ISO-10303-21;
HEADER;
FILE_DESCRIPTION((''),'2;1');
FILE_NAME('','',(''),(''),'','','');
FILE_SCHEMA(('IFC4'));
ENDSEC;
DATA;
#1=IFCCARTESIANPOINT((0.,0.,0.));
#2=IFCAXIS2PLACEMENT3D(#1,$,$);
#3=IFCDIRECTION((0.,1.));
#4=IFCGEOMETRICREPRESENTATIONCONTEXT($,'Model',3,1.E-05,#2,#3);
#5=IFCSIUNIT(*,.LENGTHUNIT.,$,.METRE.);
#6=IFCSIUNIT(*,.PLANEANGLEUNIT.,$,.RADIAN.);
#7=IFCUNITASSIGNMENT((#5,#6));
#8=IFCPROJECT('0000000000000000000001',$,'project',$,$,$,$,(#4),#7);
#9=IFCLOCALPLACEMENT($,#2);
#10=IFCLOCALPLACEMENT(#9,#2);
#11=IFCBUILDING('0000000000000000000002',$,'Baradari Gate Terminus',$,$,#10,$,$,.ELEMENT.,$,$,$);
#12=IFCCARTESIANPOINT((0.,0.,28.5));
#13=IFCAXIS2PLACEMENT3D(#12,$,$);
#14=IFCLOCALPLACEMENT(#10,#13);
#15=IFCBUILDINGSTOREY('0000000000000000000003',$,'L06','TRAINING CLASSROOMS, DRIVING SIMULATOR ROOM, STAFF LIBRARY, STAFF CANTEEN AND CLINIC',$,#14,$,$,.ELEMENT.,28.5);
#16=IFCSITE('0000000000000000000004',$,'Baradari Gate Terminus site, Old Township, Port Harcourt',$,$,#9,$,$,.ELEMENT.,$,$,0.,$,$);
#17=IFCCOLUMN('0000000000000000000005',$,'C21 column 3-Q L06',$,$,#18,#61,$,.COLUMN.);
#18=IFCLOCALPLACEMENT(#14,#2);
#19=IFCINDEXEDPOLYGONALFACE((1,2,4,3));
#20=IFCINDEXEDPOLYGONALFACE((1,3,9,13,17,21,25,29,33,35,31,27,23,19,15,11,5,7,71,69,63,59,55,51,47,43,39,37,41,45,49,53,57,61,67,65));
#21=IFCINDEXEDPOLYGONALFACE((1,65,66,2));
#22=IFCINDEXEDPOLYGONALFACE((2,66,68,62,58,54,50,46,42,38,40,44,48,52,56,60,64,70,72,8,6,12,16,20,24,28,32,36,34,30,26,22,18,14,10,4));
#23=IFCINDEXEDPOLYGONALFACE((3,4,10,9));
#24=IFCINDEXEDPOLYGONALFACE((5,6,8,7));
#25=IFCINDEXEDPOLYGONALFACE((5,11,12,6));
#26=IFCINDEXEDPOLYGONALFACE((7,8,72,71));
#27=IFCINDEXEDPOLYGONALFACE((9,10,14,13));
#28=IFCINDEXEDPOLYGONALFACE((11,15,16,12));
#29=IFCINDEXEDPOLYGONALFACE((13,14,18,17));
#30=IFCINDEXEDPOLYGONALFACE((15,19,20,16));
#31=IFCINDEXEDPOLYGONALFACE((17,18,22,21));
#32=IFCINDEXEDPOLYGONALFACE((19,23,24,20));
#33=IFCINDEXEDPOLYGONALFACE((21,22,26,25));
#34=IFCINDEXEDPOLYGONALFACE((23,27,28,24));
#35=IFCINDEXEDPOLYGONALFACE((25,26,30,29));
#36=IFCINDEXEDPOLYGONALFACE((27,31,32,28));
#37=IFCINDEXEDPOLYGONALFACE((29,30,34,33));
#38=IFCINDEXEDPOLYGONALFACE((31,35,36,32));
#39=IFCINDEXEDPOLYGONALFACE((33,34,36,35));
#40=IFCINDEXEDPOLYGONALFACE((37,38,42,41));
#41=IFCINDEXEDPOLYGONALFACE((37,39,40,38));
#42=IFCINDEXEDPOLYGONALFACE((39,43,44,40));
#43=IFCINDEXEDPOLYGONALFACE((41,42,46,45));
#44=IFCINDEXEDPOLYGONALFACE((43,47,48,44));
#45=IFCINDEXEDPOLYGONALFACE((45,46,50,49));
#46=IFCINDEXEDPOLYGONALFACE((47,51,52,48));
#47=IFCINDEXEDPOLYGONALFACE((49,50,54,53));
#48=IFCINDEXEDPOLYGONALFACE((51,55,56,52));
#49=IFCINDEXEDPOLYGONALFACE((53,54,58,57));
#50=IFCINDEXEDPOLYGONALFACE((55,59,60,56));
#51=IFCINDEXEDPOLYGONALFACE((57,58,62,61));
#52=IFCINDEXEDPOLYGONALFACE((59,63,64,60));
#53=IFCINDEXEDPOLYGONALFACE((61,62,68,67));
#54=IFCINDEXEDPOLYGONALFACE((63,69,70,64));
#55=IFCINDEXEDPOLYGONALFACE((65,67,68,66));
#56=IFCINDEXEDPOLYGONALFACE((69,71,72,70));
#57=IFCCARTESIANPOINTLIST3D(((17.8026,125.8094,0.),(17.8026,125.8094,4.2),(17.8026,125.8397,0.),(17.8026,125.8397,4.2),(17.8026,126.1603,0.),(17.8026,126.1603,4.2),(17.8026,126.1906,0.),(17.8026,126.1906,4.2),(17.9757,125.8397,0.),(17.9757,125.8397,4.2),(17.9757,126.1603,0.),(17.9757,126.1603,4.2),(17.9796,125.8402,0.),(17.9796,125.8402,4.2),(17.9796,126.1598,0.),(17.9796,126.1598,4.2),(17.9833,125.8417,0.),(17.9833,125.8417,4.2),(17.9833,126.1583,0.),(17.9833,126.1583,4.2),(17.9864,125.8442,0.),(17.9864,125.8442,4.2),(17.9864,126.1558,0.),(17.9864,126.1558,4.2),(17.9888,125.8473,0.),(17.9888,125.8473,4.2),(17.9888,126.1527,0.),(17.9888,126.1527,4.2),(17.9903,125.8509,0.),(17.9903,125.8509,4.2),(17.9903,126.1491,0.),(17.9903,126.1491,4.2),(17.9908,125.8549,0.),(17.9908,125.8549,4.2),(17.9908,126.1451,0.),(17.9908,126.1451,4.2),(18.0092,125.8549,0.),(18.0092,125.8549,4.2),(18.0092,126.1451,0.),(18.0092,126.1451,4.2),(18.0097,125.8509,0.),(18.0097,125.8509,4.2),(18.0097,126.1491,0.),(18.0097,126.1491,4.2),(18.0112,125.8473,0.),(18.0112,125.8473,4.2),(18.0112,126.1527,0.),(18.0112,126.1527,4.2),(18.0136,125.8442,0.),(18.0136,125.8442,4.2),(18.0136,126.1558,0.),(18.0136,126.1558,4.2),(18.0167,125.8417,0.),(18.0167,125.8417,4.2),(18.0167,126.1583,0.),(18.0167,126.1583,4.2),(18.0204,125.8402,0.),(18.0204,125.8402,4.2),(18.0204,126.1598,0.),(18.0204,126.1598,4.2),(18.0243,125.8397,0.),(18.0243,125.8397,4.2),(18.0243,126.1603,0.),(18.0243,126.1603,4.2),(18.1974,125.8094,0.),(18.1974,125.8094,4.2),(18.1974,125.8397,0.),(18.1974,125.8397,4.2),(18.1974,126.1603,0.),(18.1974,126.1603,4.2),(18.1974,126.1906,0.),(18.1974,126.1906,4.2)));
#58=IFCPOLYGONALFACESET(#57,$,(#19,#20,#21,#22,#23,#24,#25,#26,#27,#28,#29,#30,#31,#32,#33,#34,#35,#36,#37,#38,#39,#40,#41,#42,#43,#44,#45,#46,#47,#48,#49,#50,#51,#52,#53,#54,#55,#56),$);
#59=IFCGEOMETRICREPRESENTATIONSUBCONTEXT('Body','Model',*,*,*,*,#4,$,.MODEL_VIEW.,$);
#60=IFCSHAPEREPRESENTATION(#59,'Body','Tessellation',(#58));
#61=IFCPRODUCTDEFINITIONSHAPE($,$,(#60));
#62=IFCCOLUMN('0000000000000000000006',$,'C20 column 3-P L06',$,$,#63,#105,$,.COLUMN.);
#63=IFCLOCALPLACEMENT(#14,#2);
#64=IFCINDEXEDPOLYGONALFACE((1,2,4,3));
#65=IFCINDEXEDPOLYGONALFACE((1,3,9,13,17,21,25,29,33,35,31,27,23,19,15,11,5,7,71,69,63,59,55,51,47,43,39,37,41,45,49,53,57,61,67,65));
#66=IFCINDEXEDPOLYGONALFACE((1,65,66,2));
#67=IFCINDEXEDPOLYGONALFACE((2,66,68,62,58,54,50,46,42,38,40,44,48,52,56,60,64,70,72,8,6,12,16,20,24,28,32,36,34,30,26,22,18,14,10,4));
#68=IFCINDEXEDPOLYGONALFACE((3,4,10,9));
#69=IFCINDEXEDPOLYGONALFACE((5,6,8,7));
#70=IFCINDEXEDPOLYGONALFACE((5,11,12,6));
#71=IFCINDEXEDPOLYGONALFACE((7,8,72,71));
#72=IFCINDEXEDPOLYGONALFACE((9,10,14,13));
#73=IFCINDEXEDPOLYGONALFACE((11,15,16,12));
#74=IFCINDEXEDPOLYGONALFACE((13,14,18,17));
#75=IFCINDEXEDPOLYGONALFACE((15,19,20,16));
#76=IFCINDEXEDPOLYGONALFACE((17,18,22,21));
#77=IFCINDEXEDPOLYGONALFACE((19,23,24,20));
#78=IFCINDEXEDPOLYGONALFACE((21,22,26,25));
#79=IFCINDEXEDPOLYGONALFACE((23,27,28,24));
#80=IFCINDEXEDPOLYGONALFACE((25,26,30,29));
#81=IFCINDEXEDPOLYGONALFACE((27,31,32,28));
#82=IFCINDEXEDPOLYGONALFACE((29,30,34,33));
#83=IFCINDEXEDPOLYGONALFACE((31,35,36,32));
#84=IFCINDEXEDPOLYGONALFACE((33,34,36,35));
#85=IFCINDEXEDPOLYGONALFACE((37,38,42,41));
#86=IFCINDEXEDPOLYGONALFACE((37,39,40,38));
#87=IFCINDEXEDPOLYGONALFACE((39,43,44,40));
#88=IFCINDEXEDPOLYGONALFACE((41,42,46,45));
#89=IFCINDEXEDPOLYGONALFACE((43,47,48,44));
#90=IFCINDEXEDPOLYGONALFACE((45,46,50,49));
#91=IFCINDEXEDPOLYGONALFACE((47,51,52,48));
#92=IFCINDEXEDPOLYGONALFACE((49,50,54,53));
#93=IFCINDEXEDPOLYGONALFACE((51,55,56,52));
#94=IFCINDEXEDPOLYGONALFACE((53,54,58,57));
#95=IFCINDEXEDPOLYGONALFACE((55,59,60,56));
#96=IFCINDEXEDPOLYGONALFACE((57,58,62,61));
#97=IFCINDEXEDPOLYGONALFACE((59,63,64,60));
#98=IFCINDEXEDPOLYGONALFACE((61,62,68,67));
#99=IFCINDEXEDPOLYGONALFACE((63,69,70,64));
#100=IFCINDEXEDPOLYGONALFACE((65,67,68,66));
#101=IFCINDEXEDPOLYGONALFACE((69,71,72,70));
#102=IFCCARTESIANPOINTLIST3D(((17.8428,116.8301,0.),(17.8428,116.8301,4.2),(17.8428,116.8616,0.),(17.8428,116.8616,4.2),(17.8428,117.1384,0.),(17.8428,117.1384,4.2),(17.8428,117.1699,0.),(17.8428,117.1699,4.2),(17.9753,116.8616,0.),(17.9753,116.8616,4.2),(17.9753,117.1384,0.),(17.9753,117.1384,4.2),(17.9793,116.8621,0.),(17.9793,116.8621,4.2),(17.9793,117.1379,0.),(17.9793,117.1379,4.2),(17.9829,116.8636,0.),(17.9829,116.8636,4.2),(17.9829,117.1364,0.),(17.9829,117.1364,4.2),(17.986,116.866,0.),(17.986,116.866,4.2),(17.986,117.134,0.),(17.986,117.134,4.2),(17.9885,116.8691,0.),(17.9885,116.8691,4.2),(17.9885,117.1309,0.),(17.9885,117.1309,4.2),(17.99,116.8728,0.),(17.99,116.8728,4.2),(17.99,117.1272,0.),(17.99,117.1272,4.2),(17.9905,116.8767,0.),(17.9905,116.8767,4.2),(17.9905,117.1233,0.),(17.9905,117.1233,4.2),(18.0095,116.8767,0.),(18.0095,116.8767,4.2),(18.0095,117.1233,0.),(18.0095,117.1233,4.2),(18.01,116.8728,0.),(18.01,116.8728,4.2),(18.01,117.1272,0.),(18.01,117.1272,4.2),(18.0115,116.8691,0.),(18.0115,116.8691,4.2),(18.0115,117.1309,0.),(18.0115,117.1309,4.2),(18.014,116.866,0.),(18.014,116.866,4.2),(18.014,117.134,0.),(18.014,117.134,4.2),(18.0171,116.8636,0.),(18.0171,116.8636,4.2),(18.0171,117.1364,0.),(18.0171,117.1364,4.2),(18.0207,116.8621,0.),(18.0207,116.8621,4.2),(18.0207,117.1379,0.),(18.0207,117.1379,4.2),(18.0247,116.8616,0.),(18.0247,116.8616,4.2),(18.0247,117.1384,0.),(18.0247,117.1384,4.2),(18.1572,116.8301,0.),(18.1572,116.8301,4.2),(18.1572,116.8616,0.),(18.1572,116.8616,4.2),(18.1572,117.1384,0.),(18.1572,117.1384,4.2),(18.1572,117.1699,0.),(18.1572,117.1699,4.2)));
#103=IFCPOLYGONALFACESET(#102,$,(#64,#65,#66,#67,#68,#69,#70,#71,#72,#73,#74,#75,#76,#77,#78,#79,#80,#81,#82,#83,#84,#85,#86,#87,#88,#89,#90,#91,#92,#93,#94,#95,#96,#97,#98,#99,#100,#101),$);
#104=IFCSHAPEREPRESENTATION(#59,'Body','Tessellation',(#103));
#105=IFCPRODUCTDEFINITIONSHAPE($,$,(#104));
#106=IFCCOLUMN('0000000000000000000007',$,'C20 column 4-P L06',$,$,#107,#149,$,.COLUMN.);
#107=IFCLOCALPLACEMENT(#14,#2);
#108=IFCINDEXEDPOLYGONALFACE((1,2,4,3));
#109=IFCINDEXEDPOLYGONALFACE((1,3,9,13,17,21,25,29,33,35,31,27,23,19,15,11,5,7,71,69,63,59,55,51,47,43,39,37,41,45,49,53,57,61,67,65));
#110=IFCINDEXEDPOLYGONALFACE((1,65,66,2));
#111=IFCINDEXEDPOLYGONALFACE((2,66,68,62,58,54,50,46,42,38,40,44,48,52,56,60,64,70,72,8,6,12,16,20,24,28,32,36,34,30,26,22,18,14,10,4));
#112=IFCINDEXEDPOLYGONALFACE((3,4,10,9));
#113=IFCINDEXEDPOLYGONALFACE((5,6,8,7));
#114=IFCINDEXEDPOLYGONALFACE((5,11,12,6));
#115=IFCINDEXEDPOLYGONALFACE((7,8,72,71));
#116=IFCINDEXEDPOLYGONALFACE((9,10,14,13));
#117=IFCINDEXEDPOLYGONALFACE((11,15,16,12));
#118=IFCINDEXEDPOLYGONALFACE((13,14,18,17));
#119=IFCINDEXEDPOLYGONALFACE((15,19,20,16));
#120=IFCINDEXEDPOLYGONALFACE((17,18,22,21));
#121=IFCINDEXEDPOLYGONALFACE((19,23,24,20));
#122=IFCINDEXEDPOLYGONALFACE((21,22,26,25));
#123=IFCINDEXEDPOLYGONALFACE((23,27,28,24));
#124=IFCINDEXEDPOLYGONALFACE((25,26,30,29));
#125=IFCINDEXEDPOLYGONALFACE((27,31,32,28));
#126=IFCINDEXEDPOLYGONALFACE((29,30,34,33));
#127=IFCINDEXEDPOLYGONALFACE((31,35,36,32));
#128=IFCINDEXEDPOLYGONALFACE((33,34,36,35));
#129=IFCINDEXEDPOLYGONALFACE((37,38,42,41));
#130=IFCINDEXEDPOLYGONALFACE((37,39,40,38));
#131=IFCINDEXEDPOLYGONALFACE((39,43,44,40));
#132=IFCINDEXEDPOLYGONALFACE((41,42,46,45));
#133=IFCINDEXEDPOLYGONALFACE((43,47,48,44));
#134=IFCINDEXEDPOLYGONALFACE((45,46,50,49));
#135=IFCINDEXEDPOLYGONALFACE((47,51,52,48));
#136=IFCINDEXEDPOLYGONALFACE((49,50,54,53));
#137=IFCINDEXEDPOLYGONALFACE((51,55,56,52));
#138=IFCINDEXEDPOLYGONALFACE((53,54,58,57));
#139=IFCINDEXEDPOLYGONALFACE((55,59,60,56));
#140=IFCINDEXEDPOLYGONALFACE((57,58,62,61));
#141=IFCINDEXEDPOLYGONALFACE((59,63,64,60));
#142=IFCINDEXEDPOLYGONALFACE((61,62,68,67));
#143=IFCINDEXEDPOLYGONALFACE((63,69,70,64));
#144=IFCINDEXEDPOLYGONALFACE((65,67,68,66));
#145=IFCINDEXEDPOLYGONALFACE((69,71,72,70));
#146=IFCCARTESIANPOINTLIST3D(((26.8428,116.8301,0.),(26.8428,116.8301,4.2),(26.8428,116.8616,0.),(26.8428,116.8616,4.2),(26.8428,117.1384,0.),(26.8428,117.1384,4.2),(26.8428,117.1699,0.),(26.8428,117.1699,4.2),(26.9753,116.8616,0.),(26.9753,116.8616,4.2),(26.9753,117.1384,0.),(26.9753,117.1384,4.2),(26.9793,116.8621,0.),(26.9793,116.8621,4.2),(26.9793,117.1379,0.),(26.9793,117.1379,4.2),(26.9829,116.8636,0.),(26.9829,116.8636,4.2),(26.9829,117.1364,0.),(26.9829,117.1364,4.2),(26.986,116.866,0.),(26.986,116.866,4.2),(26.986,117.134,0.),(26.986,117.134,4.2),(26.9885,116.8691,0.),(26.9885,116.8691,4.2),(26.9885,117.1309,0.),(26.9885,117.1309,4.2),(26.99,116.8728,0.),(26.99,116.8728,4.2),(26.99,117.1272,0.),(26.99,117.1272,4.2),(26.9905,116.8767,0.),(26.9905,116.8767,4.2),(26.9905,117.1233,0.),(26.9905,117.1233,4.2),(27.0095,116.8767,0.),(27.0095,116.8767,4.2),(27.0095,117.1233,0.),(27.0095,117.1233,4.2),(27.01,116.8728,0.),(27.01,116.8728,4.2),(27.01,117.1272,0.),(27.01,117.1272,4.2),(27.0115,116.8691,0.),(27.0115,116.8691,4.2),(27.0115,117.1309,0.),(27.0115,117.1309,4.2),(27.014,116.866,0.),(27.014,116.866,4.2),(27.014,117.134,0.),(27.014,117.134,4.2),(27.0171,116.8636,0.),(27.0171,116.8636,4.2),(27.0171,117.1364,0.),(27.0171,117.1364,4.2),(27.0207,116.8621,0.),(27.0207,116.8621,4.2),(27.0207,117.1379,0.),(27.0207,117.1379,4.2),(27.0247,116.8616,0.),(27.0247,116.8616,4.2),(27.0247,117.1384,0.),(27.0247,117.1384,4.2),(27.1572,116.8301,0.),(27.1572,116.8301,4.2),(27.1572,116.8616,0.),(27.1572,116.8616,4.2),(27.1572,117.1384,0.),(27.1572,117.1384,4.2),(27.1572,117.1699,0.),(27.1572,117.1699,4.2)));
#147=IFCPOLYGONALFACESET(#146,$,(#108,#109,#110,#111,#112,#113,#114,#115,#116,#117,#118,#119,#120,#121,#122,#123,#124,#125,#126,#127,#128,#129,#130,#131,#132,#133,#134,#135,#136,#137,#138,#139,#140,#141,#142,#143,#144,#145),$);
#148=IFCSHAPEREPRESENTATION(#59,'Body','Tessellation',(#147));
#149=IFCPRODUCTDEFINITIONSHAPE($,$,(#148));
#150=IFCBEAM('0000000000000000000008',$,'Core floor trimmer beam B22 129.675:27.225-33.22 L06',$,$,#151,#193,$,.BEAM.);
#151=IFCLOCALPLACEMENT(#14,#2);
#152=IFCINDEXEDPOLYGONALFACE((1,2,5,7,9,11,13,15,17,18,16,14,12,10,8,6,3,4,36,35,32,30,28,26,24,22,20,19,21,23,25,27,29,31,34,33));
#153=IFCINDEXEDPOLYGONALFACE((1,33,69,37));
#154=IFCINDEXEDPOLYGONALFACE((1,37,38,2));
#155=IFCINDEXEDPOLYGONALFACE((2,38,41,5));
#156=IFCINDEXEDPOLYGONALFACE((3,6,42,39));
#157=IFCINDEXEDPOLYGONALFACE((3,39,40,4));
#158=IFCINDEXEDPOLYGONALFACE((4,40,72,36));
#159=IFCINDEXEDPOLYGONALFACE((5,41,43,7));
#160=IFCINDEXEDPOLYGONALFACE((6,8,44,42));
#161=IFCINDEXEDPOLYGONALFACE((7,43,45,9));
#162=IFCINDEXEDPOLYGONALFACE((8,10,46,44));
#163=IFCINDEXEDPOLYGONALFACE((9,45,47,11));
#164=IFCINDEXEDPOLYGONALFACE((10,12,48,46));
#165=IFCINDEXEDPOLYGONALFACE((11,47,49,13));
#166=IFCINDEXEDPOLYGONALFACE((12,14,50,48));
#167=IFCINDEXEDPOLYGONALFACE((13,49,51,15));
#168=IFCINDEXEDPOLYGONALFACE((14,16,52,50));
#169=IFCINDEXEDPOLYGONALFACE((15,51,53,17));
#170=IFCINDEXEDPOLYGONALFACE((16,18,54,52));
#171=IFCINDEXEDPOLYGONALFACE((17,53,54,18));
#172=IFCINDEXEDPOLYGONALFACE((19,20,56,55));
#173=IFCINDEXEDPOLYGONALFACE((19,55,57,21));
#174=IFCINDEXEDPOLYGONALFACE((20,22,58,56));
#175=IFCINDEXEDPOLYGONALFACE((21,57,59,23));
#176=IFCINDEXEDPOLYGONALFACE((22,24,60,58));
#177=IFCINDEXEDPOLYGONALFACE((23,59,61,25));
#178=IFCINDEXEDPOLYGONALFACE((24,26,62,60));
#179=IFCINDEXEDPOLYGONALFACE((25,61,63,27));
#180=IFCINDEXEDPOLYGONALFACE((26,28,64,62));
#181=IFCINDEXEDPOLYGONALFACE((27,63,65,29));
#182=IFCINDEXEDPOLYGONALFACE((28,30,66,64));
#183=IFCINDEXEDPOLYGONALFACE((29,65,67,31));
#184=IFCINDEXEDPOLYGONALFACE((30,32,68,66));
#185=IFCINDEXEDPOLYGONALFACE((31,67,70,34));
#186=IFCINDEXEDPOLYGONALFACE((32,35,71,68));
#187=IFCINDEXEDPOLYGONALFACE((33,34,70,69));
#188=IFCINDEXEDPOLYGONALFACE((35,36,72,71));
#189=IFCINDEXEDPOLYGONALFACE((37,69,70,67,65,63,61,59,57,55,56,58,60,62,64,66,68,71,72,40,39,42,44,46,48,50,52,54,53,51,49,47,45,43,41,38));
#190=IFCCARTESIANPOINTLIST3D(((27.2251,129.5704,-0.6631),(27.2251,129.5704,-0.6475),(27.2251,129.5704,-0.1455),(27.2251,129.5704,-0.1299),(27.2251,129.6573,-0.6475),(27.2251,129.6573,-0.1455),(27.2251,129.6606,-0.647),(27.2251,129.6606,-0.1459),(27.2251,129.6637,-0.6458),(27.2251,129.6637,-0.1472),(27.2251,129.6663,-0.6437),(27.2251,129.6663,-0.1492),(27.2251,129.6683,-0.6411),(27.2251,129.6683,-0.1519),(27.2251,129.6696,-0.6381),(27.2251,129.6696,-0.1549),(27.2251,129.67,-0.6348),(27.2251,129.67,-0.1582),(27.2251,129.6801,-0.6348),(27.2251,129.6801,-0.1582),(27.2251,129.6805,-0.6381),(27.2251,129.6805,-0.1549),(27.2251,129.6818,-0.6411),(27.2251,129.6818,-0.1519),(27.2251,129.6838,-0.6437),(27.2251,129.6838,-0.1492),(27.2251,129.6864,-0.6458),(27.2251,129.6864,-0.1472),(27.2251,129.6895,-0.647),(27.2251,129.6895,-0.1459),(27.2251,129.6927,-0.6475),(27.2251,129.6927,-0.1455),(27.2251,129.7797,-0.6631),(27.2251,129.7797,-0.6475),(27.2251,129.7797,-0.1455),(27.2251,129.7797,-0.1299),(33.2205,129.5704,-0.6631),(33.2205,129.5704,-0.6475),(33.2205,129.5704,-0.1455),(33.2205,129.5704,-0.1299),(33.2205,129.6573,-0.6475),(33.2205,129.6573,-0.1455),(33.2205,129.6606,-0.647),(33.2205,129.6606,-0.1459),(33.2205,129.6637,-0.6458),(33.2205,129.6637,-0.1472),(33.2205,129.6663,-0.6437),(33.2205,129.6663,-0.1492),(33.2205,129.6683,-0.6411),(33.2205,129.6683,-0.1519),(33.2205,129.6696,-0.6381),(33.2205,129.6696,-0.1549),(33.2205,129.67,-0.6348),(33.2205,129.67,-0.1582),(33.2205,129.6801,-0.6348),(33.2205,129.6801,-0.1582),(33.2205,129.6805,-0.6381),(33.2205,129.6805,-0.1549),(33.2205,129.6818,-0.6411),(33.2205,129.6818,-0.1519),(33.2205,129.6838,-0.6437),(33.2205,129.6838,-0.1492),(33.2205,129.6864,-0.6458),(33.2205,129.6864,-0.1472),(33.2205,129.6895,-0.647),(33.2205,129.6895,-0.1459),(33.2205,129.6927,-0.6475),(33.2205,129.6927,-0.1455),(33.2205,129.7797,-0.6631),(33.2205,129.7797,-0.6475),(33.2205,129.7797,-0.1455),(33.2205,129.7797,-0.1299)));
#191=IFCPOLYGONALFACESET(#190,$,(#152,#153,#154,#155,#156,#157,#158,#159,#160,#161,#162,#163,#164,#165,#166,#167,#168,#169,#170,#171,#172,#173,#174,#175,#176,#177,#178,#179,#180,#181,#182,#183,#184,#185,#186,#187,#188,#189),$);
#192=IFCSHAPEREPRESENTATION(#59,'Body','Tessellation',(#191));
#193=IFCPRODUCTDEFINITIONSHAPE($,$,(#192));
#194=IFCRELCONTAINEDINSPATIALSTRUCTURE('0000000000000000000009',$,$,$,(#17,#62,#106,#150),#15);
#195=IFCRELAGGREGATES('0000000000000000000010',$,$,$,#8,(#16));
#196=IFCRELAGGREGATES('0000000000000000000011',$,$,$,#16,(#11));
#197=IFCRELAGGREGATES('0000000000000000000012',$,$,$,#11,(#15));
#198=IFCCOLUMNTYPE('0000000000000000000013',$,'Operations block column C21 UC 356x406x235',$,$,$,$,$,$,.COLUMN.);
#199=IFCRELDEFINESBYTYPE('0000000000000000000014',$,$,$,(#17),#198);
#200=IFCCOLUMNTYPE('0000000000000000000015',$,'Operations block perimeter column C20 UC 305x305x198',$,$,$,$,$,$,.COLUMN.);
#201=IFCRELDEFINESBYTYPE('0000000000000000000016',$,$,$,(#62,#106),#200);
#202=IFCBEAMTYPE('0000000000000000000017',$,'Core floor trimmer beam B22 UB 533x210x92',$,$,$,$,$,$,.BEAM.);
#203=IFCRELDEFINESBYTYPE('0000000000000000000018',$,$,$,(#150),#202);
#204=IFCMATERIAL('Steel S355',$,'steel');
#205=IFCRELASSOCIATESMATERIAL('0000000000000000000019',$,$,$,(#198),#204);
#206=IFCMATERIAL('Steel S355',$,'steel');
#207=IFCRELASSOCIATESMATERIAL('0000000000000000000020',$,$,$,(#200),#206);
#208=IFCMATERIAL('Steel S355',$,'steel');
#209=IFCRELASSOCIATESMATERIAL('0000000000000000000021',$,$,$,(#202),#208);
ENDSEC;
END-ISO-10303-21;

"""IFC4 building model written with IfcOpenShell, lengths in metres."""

from ifc_helpers import new_model, si_unit, direction, frame, origin, origin_2d, place, context, subcontext, project, spatial, i_section, extrude, material, material_profile, profile_set, type_object, element, save


model = new_model("IFC4")

# Units and contexts
model_context = context("Model", 3, precision=1e-05, world=origin(), true_north=direction((0.0, 1.0)))
body_context = subcontext(model_context, "Body", "Model", "MODEL_VIEW")
ifc_project = project(units=[si_unit("LENGTHUNIT", "METRE"), si_unit("PLANEANGLEUNIT", "RADIAN")], contexts=[model_context])

# Site, building, storey
site_placement = place(None, origin())
site = spatial("IfcSite", under=ifc_project, at=site_placement, Name="Baradari Gate Terminus site, Old Township, Port Harcourt", CompositionType="ELEMENT", RefElevation=0.0)
building_placement = place(site_placement, origin())
building = spatial("IfcBuilding", under=site, at=building_placement, Name="Baradari Gate Terminus", CompositionType="ELEMENT")
storey_placement = place(building_placement, frame((0.0, 0.0, 28.5)))
storey = spatial("IfcBuildingStorey", under=building, at=storey_placement, Name="L06", Description="TRAINING CLASSROOMS, DRIVING SIMULATOR ROOM, STAFF LIBRARY, STAFF CANTEEN AND CLINIC", CompositionType="ELEMENT", Elevation=28.5)

# Columns
ifc_material_1 = material(Name="Steel S355", Category="steel")
ifc_material_profile_1 = material_profile(ifc_material_1, i_section(OverallWidth=0.3948, OverallDepth=0.3811, WebThickness=0.0183, FlangeThickness=0.0303, FilletRadius=0.0151, at=origin_2d()), Name="UC 356x406x235")
ifc_profile_set_1 = profile_set([ifc_material_profile_1], Name="Steel S355")
column_type_1 = type_object("IfcColumnType", Name="Operations block column C21 UC 356x406x235", PredefinedType="COLUMN", material=ifc_profile_set_1)
column_placement = place(storey_placement, frame((18.0, 126.0, 0.0), z_axis=(0.0, 0.0, 1.0), x_axis=(1.0, 0.0, 0.0)))
element("IfcColumn", 1, at=column_placement, inside=storey, type_object=column_type_1, Name="C21 column 3-Q L06", PredefinedType="COLUMN", context=body_context, shape_type="SweptSolid", body=[
    extrude(i_section(OverallWidth=0.3948, OverallDepth=0.3811, WebThickness=0.0183, FlangeThickness=0.0303, FilletRadius=0.0151, at=origin_2d()), origin(), (0.0, 0.0, 1.0), 4.2),
])
ifc_material_2 = material(Name="Steel S355", Category="steel")
ifc_material_profile_2 = material_profile(ifc_material_2, i_section(OverallWidth=0.3145, OverallDepth=0.3398, WebThickness=0.019, FlangeThickness=0.0315, FilletRadius=0.0151, at=origin_2d()), Name="UC 305x305x198")
ifc_profile_set_2 = profile_set([ifc_material_profile_2], Name="Steel S355")
column_type_2 = type_object("IfcColumnType", Name="Operations block perimeter column C20 UC 305x305x198", PredefinedType="COLUMN", material=ifc_profile_set_2)
for number, where, z_axis, x_axis, name in (
    (2, (18.0, 117.0, 0.0), (0.0, 0.0, 1.0), (1.0, 0.0, 0.0), "C20 column 3-P L06"),
    (3, (27.0, 117.0, 0.0), (0.0, 0.0, 1.0), (1.0, 0.0, 0.0), "C20 column 4-P L06"),
):
    element("IfcColumn", number, at=place(storey_placement, frame(where, z_axis=z_axis, x_axis=x_axis)), inside=storey, type_object=column_type_2, Name=name, PredefinedType="COLUMN", context=body_context, shape_type="SweptSolid", body=[
        extrude(i_section(OverallWidth=0.3145, OverallDepth=0.3398, WebThickness=0.019, FlangeThickness=0.0315, FilletRadius=0.0151, at=origin_2d()), origin(), (0.0, 0.0, 1.0), 4.2),
    ])

# Beam
ifc_material_3 = material(Name="Steel S355", Category="steel")
ifc_material_profile_3 = material_profile(ifc_material_3, i_section(OverallWidth=0.2092, OverallDepth=0.5332, WebThickness=0.01, FlangeThickness=0.0156, FilletRadius=0.0127, at=origin_2d()), Name="UB 533x210x92")
ifc_profile_set_3 = profile_set([ifc_material_profile_3], Name="Steel S355")
beam_type_1 = type_object("IfcBeamType", Name="Core floor trimmer beam B22 UB 533x210x92", PredefinedType="BEAM", material=ifc_profile_set_3)
beam_1_placement = place(storey_placement, frame((27.2251, 129.675, -0.3965), z_axis=(1.0, 0.0, 0.0), x_axis=(0.0, 1.0, 0.0)))
element("IfcBeam", 4, at=beam_1_placement, inside=storey, type_object=beam_type_1, Name="Core floor trimmer beam B22 129.675:27.225-33.22 L06", PredefinedType="BEAM", context=body_context, shape_type="SweptSolid", body=[
    extrude(i_section(OverallWidth=0.2092, OverallDepth=0.5332, WebThickness=0.01, FlangeThickness=0.0156, FilletRadius=0.0127, at=origin_2d()), origin(), (0.0, 0.0, 1.0), 5.9954),
])

save(model, "model.ifc")
